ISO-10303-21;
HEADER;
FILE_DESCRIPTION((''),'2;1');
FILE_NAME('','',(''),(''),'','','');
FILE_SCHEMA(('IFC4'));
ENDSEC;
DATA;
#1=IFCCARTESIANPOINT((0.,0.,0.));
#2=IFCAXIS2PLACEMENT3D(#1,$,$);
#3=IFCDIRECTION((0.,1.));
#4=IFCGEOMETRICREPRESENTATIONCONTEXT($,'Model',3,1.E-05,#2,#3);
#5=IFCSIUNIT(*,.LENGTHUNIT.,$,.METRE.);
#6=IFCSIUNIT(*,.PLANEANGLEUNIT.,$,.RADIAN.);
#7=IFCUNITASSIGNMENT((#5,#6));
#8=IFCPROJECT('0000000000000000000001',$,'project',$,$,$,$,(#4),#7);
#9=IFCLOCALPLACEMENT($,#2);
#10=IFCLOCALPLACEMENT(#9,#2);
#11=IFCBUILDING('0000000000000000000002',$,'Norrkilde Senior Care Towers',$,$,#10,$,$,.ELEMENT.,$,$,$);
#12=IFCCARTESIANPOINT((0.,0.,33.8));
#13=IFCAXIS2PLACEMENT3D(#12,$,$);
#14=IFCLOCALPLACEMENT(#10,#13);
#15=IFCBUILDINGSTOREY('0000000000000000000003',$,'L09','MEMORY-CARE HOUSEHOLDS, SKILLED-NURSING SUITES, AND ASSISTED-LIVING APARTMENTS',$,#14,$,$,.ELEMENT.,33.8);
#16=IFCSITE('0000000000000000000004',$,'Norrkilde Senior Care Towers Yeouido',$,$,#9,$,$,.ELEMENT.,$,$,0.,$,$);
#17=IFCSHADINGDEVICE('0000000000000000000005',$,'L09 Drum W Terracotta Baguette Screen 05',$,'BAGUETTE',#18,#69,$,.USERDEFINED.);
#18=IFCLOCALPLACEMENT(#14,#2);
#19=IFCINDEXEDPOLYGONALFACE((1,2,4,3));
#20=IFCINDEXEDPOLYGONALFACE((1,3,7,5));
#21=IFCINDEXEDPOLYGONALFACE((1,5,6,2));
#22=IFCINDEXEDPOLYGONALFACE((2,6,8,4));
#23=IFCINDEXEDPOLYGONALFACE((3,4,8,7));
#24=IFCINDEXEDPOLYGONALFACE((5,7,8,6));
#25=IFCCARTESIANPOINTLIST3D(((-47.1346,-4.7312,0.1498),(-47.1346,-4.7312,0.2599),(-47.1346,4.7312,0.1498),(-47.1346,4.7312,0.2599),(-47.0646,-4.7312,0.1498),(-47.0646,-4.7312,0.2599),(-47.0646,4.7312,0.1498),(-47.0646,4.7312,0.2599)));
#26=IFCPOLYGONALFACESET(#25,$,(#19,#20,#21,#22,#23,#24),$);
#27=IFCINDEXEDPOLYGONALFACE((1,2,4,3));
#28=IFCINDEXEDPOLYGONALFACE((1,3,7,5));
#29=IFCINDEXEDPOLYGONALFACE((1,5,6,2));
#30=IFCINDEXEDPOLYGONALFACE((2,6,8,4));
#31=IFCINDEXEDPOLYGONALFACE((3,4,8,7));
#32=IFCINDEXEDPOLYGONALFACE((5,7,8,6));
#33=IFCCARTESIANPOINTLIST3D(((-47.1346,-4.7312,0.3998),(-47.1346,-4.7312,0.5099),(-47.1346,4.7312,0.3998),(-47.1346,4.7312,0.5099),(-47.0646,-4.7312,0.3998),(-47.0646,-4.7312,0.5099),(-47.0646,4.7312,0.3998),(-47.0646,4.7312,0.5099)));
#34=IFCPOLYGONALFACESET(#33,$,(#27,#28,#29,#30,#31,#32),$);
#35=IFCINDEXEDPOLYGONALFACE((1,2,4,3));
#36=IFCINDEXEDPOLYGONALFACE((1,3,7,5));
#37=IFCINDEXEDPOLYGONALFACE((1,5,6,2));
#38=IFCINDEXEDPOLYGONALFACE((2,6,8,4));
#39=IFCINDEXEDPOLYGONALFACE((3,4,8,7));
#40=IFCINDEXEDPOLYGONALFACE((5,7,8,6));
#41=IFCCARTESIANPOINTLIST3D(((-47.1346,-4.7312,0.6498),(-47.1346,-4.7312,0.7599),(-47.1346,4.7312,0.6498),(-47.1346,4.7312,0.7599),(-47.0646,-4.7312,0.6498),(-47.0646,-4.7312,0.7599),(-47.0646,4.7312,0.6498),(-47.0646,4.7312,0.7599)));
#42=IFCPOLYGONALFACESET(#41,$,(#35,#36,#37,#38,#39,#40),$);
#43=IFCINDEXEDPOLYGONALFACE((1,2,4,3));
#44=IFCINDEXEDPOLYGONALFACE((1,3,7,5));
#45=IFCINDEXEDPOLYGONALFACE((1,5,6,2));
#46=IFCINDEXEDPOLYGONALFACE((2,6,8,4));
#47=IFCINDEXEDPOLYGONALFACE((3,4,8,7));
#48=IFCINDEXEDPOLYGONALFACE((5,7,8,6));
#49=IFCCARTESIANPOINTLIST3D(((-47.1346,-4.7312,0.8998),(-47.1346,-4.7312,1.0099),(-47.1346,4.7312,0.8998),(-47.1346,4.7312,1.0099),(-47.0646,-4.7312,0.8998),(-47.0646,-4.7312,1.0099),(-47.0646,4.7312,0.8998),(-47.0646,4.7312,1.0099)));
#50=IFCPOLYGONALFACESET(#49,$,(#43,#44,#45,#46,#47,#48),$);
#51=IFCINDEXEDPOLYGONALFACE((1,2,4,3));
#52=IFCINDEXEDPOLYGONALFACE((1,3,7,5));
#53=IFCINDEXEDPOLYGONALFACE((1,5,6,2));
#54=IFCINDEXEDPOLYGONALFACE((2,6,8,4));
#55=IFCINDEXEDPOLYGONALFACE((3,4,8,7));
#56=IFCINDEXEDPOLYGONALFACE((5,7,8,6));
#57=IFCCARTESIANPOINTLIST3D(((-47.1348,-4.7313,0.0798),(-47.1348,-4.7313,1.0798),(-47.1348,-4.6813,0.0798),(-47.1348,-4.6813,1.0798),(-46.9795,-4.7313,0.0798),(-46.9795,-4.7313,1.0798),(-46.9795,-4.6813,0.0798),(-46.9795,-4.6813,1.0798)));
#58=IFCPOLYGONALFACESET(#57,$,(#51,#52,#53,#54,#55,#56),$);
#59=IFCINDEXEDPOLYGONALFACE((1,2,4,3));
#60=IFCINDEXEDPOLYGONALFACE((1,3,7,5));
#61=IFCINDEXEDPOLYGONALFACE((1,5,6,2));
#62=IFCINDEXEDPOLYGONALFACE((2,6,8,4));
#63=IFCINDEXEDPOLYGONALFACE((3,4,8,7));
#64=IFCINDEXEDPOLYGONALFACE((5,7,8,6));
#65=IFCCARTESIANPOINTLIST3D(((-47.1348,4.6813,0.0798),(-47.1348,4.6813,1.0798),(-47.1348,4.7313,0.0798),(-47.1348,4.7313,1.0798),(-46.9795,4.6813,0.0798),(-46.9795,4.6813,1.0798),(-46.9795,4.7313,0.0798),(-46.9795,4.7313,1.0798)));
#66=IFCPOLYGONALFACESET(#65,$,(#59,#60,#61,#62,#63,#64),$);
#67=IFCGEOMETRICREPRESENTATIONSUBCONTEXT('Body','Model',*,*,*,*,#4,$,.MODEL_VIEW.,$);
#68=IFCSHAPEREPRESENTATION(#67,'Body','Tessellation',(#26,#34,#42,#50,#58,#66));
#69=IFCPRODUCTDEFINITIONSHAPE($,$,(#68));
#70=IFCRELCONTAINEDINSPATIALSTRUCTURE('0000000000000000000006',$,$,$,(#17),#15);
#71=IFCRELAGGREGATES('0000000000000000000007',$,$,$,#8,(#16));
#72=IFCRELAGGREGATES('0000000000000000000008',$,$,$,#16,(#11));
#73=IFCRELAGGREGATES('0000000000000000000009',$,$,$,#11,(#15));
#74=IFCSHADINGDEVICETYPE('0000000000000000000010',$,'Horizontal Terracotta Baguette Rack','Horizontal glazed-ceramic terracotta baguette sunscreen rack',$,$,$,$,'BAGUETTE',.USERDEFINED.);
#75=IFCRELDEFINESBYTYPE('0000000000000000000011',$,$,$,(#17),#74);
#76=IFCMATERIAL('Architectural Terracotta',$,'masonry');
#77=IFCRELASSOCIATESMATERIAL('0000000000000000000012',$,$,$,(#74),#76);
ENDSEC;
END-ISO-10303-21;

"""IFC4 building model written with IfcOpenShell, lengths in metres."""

from ifc_helpers import new_model, si_unit, direction, frame, origin, origin_2d, place, context, subcontext, project, spatial, rectangle, extrude, source, transform, mapped, material, type_object, type_shapes, element, save


model = new_model("IFC4")

# Units and contexts
model_context = context("Model", 3, precision=1e-05, world=origin(), true_north=direction((0.0, 1.0)))
body_context = subcontext(model_context, "Body", "Model", "MODEL_VIEW")
ifc_project = project(units=[si_unit("LENGTHUNIT", "METRE"), si_unit("PLANEANGLEUNIT", "RADIAN")], contexts=[model_context])

# Site, building, storey
site_placement = place(None, origin())
site = spatial("IfcSite", under=ifc_project, at=site_placement, Name="Norrkilde Senior Care Towers Yeouido", CompositionType="ELEMENT", RefElevation=0.0)
building_placement = place(site_placement, origin())
building = spatial("IfcBuilding", under=site, at=building_placement, Name="Norrkilde Senior Care Towers", CompositionType="ELEMENT")
storey_placement = place(building_placement, frame((0.0, 0.0, 33.8)))
storey = spatial("IfcBuildingStorey", under=building, at=storey_placement, Name="L09", Description="MEMORY-CARE HOUSEHOLDS, SKILLED-NURSING SUITES, AND ASSISTED-LIVING APARTMENTS", CompositionType="ELEMENT", Elevation=33.8)

# Shading device
ifc_material_1 = material(Name="Architectural Terracotta", Category="masonry")
shading_device_type = type_object("IfcShadingDeviceType", Name="Horizontal Terracotta Baguette Rack", Description="Horizontal glazed-ceramic terracotta baguette sunscreen rack", ElementType="BAGUETTE", PredefinedType="USERDEFINED", material=ifc_material_1)
shared_shape_1 = source(origin(), body_context, "Body", "SweptSolid", [
    extrude(rectangle(XDim=0.0701, YDim=0.1101, at=origin_2d()), frame((0.0, 0.0901, 0.125), z_axis=(1.0, 0.0, 0.0), x_axis=(0.0, 1.0, 0.0)), (0.0, 0.0, 1.0), 9.4624),
    extrude(rectangle(XDim=0.0701, YDim=0.1101, at=origin_2d()), frame((0.0, 0.0901, 0.375), z_axis=(1.0, 0.0, 0.0), x_axis=(0.0, 1.0, 0.0)), (0.0, 0.0, 1.0), 9.4624),
    extrude(rectangle(XDim=0.0701, YDim=0.1101, at=origin_2d()), frame((0.0, 0.0901, 0.625), z_axis=(1.0, 0.0, 0.0), x_axis=(0.0, 1.0, 0.0)), (0.0, 0.0, 1.0), 9.4624),
    extrude(rectangle(XDim=0.0701, YDim=0.1101, at=origin_2d()), frame((0.0, 0.0901, 0.875), z_axis=(1.0, 0.0, 0.0), x_axis=(0.0, 1.0, 0.0)), (0.0, 0.0, 1.0), 9.4624),
    extrude(rectangle(XDim=0.05, YDim=0.1553, at=origin_2d()), frame((0.0249, 0.0476, 0.0)), (0.0, 0.0, 1.0), 1.0),
    extrude(rectangle(XDim=0.05, YDim=0.1553, at=origin_2d()), frame((9.4375, 0.0476, 0.0)), (0.0, 0.0, 1.0), 1.0),
])
type_shapes(shading_device_type, [shared_shape_1])
shading_device_placement = place(storey_placement, frame((-47.0095, -4.7312, 0.0798), z_axis=(0.0, 0.0, 1.0), x_axis=(0.0, 1.0, 0.0)))
element("IfcShadingDevice", 1, at=shading_device_placement, inside=storey, type_object=shading_device_type, Name="L09 Drum W Terracotta Baguette Screen 05", ObjectType="BAGUETTE", PredefinedType="USERDEFINED", context=body_context, shape_type="MappedRepresentation", body=[
    mapped(shared_shape_1, transform((0.0, 0.0, 0.0), x_axis=(1.0, 0.0, 0.0), y_axis=(0.0, 1.0, 0.0), z_axis=(0.0, 0.0, 1.0), scale=1.0)),
])

save(model, "model.ifc")
